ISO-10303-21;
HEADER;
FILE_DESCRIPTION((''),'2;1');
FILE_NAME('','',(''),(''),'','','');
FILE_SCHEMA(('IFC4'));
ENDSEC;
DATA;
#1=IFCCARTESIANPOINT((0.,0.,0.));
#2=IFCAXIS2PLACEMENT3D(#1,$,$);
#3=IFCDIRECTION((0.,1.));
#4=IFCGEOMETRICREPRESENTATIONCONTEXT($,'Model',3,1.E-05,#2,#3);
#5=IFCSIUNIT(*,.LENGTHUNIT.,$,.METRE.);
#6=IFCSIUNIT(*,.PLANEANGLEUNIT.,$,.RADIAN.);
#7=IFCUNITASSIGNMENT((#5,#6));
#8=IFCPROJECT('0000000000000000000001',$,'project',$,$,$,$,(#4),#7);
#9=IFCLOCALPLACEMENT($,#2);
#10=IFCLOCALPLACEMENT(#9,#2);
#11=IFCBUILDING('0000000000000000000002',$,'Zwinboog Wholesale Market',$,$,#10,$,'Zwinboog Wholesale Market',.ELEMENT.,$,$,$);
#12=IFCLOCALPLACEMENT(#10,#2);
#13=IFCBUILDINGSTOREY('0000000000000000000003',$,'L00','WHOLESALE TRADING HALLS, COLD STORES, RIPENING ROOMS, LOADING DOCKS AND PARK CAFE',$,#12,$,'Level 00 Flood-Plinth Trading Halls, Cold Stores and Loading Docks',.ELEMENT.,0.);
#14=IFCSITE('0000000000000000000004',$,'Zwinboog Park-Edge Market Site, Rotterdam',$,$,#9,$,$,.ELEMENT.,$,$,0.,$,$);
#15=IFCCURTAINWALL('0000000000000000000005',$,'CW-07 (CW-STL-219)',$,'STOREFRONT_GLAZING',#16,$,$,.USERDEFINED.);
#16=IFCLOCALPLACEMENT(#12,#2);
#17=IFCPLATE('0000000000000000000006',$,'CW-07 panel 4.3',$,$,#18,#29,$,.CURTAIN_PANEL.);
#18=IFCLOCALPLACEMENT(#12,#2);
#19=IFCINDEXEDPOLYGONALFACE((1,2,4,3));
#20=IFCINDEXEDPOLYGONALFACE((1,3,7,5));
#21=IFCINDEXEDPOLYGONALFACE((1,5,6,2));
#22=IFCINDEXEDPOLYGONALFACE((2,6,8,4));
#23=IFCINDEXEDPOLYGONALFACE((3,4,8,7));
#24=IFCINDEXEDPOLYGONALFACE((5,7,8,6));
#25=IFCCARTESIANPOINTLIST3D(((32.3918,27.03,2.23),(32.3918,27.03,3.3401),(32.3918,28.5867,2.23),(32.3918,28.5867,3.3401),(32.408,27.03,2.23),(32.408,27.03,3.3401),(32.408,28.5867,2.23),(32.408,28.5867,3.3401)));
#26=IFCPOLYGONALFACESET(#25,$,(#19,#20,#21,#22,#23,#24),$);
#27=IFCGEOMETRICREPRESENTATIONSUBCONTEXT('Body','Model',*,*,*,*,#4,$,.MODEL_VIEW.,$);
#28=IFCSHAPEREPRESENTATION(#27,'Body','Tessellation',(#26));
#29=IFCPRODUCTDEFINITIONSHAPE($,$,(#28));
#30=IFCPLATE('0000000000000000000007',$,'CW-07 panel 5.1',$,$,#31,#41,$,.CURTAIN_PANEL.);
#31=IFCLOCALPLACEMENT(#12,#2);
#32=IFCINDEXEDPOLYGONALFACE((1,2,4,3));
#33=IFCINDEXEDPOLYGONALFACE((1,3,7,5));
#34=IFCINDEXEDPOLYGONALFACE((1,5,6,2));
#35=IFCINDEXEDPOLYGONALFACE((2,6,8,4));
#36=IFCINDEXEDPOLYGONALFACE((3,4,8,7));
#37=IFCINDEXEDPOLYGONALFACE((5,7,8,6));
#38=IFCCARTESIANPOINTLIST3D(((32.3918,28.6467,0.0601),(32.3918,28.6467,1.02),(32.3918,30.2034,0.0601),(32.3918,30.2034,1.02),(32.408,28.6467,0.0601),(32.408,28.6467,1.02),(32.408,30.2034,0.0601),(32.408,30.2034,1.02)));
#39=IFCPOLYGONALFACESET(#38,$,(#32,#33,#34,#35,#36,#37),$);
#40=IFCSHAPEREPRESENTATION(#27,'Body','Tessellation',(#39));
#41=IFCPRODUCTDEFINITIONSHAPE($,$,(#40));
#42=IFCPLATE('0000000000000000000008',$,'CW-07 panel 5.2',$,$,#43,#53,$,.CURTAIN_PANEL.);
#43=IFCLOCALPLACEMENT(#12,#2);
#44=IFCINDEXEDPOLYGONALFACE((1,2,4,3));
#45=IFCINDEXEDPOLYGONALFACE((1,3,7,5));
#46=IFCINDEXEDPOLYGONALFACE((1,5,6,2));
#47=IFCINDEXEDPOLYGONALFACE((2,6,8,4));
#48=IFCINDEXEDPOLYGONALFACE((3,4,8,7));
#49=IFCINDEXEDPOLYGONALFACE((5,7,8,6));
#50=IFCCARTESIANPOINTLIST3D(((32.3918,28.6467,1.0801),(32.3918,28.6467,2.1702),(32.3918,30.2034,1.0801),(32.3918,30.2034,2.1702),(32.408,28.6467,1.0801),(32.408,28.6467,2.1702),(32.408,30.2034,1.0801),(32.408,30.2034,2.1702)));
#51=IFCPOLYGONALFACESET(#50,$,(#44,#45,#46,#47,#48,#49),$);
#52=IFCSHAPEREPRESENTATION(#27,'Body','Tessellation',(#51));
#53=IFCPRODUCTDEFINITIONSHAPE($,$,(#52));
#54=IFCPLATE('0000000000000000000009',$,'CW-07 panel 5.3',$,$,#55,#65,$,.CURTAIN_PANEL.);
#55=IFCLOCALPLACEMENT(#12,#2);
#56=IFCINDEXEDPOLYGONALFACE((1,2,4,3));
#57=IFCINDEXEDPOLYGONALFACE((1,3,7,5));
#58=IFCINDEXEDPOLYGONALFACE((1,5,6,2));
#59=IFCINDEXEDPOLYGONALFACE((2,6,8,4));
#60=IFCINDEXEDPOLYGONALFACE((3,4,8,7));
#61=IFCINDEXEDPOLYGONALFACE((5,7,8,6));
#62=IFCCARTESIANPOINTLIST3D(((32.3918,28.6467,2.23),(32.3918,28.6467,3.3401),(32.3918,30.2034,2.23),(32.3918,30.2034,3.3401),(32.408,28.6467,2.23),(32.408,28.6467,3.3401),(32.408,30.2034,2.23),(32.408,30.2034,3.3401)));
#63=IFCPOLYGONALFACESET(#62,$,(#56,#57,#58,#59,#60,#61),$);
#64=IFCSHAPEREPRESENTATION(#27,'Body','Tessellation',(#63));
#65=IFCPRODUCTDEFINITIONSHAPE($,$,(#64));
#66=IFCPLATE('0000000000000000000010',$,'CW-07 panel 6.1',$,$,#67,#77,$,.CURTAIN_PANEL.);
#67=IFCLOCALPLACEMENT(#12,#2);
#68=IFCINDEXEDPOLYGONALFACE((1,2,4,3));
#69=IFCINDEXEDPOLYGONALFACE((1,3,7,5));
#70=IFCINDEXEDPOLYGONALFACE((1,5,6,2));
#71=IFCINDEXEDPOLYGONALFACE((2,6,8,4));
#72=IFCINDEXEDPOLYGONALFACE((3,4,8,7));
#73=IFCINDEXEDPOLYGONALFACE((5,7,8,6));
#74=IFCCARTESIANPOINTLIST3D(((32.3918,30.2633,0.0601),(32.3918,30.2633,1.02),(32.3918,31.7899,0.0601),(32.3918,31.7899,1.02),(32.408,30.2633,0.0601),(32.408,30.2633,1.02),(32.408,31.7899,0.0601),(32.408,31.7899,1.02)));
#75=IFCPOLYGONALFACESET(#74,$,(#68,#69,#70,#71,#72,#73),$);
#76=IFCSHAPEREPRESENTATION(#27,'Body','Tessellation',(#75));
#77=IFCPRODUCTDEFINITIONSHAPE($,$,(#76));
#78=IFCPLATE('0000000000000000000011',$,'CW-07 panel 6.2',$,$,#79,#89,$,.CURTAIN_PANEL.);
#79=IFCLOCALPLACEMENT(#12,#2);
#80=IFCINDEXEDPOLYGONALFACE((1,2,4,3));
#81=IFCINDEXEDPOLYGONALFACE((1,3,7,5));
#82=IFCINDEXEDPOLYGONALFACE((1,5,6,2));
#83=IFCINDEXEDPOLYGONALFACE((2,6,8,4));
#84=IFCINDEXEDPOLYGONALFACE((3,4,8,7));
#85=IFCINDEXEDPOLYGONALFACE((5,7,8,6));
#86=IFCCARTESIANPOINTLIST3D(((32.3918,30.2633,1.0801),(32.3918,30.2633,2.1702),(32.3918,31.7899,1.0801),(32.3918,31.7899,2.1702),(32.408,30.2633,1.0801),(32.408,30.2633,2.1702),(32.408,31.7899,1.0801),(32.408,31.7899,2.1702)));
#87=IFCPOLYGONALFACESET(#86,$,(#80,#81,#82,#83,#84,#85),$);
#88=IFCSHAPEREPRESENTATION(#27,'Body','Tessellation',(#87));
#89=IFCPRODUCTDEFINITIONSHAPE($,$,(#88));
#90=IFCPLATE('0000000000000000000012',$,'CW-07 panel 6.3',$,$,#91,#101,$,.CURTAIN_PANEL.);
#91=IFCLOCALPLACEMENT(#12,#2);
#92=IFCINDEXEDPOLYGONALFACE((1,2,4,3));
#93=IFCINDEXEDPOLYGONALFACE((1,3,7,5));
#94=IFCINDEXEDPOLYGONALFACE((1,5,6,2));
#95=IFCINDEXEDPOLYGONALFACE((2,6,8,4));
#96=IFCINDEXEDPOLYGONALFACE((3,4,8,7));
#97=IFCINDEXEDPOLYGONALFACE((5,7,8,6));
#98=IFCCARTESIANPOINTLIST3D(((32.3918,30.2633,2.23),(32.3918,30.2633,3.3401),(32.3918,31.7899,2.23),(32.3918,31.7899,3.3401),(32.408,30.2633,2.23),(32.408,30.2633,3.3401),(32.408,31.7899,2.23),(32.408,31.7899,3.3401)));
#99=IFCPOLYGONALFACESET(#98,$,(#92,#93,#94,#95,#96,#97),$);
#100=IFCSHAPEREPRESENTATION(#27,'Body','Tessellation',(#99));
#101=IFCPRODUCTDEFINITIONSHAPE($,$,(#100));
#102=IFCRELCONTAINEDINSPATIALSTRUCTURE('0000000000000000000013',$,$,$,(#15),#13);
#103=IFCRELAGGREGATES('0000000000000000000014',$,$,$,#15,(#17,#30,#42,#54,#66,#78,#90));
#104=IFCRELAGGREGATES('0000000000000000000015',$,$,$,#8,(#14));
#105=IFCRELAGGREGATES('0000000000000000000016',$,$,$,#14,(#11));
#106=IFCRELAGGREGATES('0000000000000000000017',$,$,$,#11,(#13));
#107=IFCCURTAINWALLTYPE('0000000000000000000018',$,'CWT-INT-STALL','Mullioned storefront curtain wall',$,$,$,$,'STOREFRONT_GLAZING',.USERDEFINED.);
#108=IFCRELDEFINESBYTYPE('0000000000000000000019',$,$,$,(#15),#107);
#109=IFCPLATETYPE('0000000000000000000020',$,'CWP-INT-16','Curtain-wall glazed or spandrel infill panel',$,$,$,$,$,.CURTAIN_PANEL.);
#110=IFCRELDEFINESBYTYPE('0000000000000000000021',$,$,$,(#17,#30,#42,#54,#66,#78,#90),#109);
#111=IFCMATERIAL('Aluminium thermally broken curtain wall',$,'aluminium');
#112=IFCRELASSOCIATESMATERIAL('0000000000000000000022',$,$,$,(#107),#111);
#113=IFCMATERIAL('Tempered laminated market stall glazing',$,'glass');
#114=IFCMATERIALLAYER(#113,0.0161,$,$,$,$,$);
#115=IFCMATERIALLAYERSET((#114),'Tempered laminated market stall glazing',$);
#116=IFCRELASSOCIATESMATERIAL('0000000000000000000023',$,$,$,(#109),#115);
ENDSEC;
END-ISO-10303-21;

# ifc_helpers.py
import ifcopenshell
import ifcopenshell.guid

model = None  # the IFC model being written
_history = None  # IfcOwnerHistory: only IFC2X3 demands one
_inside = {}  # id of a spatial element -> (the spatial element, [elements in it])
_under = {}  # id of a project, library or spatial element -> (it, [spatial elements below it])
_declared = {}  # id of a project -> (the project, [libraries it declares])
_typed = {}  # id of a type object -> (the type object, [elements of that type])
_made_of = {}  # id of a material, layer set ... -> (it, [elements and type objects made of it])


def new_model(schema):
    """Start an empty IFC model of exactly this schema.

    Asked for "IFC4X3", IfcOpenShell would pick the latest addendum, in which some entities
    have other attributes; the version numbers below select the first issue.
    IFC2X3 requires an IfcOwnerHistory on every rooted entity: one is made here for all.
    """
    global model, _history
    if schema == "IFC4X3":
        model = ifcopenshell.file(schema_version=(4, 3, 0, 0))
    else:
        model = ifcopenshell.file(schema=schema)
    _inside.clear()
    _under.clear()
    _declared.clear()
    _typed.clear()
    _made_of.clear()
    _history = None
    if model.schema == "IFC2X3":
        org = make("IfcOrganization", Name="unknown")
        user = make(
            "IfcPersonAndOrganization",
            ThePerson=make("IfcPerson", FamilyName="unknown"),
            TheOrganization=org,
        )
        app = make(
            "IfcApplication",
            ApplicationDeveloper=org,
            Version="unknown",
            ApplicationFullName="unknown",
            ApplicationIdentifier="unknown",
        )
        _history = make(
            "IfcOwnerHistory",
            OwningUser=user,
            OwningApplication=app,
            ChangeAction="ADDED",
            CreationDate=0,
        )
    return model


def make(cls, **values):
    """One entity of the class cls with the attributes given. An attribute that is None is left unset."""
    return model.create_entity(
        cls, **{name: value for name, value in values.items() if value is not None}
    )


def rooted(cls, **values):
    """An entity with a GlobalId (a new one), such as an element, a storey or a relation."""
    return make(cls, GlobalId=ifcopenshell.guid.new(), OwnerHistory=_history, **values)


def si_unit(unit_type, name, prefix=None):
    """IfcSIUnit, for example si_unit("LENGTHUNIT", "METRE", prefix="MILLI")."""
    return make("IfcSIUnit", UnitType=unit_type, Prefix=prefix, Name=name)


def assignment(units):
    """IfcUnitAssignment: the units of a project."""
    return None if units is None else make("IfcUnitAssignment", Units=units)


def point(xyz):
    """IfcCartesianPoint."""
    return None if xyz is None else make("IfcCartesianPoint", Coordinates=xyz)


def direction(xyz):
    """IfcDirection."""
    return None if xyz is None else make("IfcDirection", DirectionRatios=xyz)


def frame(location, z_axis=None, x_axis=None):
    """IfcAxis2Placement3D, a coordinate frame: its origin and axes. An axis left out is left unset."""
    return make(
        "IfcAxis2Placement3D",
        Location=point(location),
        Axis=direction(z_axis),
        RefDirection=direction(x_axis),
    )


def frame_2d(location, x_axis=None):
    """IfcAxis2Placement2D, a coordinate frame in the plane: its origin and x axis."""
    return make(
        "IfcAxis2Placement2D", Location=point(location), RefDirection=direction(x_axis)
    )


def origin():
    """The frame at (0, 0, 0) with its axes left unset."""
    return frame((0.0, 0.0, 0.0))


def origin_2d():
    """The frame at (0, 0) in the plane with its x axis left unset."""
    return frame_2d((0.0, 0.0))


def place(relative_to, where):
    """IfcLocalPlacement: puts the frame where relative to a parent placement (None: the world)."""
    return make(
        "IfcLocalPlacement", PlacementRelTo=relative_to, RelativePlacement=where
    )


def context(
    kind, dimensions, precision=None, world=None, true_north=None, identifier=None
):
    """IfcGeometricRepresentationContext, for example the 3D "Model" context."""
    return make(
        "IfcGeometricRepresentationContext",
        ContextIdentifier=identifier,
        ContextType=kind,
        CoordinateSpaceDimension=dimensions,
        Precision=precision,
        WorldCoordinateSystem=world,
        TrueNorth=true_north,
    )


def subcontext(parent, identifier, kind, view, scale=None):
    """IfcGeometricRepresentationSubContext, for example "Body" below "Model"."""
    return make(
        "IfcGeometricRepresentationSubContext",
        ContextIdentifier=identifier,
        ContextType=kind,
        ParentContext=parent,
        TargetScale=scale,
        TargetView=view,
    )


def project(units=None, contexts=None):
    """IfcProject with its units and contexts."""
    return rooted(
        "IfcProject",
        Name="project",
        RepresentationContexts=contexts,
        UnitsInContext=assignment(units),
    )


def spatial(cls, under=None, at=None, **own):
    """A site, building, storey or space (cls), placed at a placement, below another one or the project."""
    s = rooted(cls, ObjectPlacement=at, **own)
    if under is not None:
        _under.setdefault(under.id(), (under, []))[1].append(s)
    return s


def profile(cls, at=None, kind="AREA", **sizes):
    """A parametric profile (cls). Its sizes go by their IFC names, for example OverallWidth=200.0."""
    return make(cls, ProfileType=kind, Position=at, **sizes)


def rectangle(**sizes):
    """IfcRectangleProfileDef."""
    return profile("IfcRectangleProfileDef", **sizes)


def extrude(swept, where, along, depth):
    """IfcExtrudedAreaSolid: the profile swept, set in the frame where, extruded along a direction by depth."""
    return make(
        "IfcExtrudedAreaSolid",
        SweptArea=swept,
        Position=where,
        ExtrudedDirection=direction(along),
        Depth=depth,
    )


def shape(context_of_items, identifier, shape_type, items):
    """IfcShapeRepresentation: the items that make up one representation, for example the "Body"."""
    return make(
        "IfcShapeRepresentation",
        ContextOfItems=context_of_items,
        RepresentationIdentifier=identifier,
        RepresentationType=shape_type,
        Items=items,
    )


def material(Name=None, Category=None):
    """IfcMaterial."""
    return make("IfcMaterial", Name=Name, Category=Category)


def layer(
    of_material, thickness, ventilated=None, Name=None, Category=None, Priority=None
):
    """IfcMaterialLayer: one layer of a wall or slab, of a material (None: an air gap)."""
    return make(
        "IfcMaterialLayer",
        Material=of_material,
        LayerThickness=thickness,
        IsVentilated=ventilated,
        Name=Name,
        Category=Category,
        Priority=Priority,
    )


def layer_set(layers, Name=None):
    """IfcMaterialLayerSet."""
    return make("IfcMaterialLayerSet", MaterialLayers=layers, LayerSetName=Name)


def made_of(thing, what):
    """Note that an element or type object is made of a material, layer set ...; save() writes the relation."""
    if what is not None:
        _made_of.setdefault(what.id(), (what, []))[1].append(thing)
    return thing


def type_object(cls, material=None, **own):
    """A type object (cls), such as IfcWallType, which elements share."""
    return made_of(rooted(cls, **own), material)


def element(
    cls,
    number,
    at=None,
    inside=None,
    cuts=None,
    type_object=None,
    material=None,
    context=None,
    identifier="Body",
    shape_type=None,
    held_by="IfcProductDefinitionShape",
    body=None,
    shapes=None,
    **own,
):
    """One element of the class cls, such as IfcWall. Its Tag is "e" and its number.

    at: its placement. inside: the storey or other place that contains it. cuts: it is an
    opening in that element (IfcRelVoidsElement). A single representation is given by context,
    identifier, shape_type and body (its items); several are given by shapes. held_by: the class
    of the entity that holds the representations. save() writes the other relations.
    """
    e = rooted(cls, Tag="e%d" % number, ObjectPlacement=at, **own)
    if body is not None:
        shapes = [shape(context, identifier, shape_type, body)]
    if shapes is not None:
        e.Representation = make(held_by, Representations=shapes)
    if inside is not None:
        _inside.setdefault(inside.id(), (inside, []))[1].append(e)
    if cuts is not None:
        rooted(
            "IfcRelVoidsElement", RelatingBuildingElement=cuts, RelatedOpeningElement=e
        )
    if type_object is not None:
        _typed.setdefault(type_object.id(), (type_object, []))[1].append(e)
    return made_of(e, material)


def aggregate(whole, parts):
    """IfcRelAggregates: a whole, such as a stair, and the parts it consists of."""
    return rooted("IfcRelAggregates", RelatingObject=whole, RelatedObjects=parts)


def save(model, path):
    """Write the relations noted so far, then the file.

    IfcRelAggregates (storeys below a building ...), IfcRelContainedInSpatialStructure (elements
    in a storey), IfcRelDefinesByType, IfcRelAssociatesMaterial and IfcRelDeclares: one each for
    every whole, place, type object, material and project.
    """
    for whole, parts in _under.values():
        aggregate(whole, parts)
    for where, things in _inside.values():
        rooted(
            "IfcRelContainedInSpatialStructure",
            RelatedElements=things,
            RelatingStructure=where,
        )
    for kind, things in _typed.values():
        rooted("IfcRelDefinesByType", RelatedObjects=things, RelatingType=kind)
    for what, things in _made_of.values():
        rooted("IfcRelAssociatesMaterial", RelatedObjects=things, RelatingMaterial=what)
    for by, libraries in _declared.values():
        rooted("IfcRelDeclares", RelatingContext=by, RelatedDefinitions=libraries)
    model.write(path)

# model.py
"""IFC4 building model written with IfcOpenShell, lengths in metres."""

from ifc_helpers import new_model, si_unit, direction, frame, origin, origin_2d, place, context, subcontext, project, spatial, rectangle, extrude, material, layer, layer_set, type_object, element, aggregate, save


model = new_model("IFC4")

# Units and contexts
model_context = context("Model", 3, precision=1e-05, world=origin(), true_north=direction((0.0, 1.0)))
body_context = subcontext(model_context, "Body", "Model", "MODEL_VIEW")
ifc_project = project(units=[si_unit("LENGTHUNIT", "METRE"), si_unit("PLANEANGLEUNIT", "RADIAN")], contexts=[model_context])

# Site, building, storey
site_placement = place(None, origin())
site = spatial("IfcSite", under=ifc_project, at=site_placement, Name="Zwinboog Park-Edge Market Site, Rotterdam", CompositionType="ELEMENT", RefElevation=0.0)
building_placement = place(site_placement, origin())
building = spatial("IfcBuilding", under=site, at=building_placement, Name="Zwinboog Wholesale Market", LongName="Zwinboog Wholesale Market", CompositionType="ELEMENT")
storey_placement = place(building_placement, origin())
storey = spatial("IfcBuildingStorey", under=building, at=storey_placement, Name="L00", Description="WHOLESALE TRADING HALLS, COLD STORES, RIPENING ROOMS, LOADING DOCKS AND PARK CAFE", LongName="Level 00 Flood-Plinth Trading Halls, Cold Stores and Loading Docks", CompositionType="ELEMENT", Elevation=0.0)

# Curtain wall, plates
ifc_material_1 = material(Name="Aluminium thermally broken curtain wall", Category="aluminium")
curtain_wall_type = type_object("IfcCurtainWallType", Name="CWT-INT-STALL", Description="Mullioned storefront curtain wall", ElementType="STOREFRONT_GLAZING", PredefinedType="USERDEFINED", material=ifc_material_1)
curtain_wall_placement = place(storey_placement, origin())
curtain_wall = element("IfcCurtainWall", 1, at=curtain_wall_placement, inside=storey, type_object=curtain_wall_type, Name="CW-07 (CW-STL-219)", ObjectType="STOREFRONT_GLAZING", PredefinedType="USERDEFINED")
ifc_material_2 = material(Name="Tempered laminated market stall glazing", Category="glass")
ifc_layer = layer(ifc_material_2, 0.0161)
ifc_layer_set = layer_set([ifc_layer], Name="Tempered laminated market stall glazing")
plate_type = type_object("IfcPlateType", Name="CWP-INT-16", Description="Curtain-wall glazed or spandrel infill panel", PredefinedType="CURTAIN_PANEL", material=ifc_layer_set)
plate_1_placement = place(storey_placement, frame((32.3999, 27.8083, 2.23), z_axis=(0.0, 0.0, 1.0), x_axis=(0.0, 1.0, 0.0)))
plate_1 = element("IfcPlate", 2, at=plate_1_placement, type_object=plate_type, Name="CW-07 panel 4.3", PredefinedType="CURTAIN_PANEL", context=body_context, shape_type="SweptSolid", body=[
    extrude(rectangle(XDim=1.5566, YDim=0.0161, at=origin_2d()), origin(), (0.0, 0.0, 1.0), 1.1101),
])
plate_2_placement = place(storey_placement, frame((32.3999, 29.425, 0.0601), z_axis=(0.0, 0.0, 1.0), x_axis=(0.0, 1.0, 0.0)))
plate_2 = element("IfcPlate", 3, at=plate_2_placement, type_object=plate_type, Name="CW-07 panel 5.1", PredefinedType="CURTAIN_PANEL", context=body_context, shape_type="SweptSolid", body=[
    extrude(rectangle(XDim=1.5566, YDim=0.0161, at=origin_2d()), origin(), (0.0, 0.0, 1.0), 0.96),
])
plate_3_placement = place(storey_placement, frame((32.3999, 29.425, 1.0801), z_axis=(0.0, 0.0, 1.0), x_axis=(0.0, 1.0, 0.0)))
plate_3 = element("IfcPlate", 4, at=plate_3_placement, type_object=plate_type, Name="CW-07 panel 5.2", PredefinedType="CURTAIN_PANEL", context=body_context, shape_type="SweptSolid", body=[
    extrude(rectangle(XDim=1.5566, YDim=0.0161, at=origin_2d()), origin(), (0.0, 0.0, 1.0), 1.0901),
])
plate_4_placement = place(storey_placement, frame((32.3999, 29.425, 2.23), z_axis=(0.0, 0.0, 1.0), x_axis=(0.0, 1.0, 0.0)))
plate_4 = element("IfcPlate", 5, at=plate_4_placement, type_object=plate_type, Name="CW-07 panel 5.3", PredefinedType="CURTAIN_PANEL", context=body_context, shape_type="SweptSolid", body=[
    extrude(rectangle(XDim=1.5566, YDim=0.0161, at=origin_2d()), origin(), (0.0, 0.0, 1.0), 1.1101),
])
plate_5_placement = place(storey_placement, frame((32.3999, 31.0266, 0.0601), z_axis=(0.0, 0.0, 1.0), x_axis=(0.0, 1.0, 0.0)))
plate_5 = element("IfcPlate", 6, at=plate_5_placement, type_object=plate_type, Name="CW-07 panel 6.1", PredefinedType="CURTAIN_PANEL", context=body_context, shape_type="SweptSolid", body=[
    extrude(rectangle(XDim=1.5266, YDim=0.0161, at=origin_2d()), origin(), (0.0, 0.0, 1.0), 0.96),
])
plate_6_placement = place(storey_placement, frame((32.3999, 31.0266, 1.0801), z_axis=(0.0, 0.0, 1.0), x_axis=(0.0, 1.0, 0.0)))
plate_6 = element("IfcPlate", 7, at=plate_6_placement, type_object=plate_type, Name="CW-07 panel 6.2", PredefinedType="CURTAIN_PANEL", context=body_context, shape_type="SweptSolid", body=[
    extrude(rectangle(XDim=1.5266, YDim=0.0161, at=origin_2d()), origin(), (0.0, 0.0, 1.0), 1.0901),
])
plate_7_placement = place(storey_placement, frame((32.3999, 31.0266, 2.23), z_axis=(0.0, 0.0, 1.0), x_axis=(0.0, 1.0, 0.0)))
plate_7 = element("IfcPlate", 8, at=plate_7_placement, type_object=plate_type, Name="CW-07 panel 6.3", PredefinedType="CURTAIN_PANEL", context=body_context, shape_type="SweptSolid", body=[
    extrude(rectangle(XDim=1.5266, YDim=0.0161, at=origin_2d()), origin(), (0.0, 0.0, 1.0), 1.1101),
])
aggregate(curtain_wall, [plate_1, plate_2, plate_3, plate_4, plate_5, plate_6, plate_7])

save(model, "model.ifc")
